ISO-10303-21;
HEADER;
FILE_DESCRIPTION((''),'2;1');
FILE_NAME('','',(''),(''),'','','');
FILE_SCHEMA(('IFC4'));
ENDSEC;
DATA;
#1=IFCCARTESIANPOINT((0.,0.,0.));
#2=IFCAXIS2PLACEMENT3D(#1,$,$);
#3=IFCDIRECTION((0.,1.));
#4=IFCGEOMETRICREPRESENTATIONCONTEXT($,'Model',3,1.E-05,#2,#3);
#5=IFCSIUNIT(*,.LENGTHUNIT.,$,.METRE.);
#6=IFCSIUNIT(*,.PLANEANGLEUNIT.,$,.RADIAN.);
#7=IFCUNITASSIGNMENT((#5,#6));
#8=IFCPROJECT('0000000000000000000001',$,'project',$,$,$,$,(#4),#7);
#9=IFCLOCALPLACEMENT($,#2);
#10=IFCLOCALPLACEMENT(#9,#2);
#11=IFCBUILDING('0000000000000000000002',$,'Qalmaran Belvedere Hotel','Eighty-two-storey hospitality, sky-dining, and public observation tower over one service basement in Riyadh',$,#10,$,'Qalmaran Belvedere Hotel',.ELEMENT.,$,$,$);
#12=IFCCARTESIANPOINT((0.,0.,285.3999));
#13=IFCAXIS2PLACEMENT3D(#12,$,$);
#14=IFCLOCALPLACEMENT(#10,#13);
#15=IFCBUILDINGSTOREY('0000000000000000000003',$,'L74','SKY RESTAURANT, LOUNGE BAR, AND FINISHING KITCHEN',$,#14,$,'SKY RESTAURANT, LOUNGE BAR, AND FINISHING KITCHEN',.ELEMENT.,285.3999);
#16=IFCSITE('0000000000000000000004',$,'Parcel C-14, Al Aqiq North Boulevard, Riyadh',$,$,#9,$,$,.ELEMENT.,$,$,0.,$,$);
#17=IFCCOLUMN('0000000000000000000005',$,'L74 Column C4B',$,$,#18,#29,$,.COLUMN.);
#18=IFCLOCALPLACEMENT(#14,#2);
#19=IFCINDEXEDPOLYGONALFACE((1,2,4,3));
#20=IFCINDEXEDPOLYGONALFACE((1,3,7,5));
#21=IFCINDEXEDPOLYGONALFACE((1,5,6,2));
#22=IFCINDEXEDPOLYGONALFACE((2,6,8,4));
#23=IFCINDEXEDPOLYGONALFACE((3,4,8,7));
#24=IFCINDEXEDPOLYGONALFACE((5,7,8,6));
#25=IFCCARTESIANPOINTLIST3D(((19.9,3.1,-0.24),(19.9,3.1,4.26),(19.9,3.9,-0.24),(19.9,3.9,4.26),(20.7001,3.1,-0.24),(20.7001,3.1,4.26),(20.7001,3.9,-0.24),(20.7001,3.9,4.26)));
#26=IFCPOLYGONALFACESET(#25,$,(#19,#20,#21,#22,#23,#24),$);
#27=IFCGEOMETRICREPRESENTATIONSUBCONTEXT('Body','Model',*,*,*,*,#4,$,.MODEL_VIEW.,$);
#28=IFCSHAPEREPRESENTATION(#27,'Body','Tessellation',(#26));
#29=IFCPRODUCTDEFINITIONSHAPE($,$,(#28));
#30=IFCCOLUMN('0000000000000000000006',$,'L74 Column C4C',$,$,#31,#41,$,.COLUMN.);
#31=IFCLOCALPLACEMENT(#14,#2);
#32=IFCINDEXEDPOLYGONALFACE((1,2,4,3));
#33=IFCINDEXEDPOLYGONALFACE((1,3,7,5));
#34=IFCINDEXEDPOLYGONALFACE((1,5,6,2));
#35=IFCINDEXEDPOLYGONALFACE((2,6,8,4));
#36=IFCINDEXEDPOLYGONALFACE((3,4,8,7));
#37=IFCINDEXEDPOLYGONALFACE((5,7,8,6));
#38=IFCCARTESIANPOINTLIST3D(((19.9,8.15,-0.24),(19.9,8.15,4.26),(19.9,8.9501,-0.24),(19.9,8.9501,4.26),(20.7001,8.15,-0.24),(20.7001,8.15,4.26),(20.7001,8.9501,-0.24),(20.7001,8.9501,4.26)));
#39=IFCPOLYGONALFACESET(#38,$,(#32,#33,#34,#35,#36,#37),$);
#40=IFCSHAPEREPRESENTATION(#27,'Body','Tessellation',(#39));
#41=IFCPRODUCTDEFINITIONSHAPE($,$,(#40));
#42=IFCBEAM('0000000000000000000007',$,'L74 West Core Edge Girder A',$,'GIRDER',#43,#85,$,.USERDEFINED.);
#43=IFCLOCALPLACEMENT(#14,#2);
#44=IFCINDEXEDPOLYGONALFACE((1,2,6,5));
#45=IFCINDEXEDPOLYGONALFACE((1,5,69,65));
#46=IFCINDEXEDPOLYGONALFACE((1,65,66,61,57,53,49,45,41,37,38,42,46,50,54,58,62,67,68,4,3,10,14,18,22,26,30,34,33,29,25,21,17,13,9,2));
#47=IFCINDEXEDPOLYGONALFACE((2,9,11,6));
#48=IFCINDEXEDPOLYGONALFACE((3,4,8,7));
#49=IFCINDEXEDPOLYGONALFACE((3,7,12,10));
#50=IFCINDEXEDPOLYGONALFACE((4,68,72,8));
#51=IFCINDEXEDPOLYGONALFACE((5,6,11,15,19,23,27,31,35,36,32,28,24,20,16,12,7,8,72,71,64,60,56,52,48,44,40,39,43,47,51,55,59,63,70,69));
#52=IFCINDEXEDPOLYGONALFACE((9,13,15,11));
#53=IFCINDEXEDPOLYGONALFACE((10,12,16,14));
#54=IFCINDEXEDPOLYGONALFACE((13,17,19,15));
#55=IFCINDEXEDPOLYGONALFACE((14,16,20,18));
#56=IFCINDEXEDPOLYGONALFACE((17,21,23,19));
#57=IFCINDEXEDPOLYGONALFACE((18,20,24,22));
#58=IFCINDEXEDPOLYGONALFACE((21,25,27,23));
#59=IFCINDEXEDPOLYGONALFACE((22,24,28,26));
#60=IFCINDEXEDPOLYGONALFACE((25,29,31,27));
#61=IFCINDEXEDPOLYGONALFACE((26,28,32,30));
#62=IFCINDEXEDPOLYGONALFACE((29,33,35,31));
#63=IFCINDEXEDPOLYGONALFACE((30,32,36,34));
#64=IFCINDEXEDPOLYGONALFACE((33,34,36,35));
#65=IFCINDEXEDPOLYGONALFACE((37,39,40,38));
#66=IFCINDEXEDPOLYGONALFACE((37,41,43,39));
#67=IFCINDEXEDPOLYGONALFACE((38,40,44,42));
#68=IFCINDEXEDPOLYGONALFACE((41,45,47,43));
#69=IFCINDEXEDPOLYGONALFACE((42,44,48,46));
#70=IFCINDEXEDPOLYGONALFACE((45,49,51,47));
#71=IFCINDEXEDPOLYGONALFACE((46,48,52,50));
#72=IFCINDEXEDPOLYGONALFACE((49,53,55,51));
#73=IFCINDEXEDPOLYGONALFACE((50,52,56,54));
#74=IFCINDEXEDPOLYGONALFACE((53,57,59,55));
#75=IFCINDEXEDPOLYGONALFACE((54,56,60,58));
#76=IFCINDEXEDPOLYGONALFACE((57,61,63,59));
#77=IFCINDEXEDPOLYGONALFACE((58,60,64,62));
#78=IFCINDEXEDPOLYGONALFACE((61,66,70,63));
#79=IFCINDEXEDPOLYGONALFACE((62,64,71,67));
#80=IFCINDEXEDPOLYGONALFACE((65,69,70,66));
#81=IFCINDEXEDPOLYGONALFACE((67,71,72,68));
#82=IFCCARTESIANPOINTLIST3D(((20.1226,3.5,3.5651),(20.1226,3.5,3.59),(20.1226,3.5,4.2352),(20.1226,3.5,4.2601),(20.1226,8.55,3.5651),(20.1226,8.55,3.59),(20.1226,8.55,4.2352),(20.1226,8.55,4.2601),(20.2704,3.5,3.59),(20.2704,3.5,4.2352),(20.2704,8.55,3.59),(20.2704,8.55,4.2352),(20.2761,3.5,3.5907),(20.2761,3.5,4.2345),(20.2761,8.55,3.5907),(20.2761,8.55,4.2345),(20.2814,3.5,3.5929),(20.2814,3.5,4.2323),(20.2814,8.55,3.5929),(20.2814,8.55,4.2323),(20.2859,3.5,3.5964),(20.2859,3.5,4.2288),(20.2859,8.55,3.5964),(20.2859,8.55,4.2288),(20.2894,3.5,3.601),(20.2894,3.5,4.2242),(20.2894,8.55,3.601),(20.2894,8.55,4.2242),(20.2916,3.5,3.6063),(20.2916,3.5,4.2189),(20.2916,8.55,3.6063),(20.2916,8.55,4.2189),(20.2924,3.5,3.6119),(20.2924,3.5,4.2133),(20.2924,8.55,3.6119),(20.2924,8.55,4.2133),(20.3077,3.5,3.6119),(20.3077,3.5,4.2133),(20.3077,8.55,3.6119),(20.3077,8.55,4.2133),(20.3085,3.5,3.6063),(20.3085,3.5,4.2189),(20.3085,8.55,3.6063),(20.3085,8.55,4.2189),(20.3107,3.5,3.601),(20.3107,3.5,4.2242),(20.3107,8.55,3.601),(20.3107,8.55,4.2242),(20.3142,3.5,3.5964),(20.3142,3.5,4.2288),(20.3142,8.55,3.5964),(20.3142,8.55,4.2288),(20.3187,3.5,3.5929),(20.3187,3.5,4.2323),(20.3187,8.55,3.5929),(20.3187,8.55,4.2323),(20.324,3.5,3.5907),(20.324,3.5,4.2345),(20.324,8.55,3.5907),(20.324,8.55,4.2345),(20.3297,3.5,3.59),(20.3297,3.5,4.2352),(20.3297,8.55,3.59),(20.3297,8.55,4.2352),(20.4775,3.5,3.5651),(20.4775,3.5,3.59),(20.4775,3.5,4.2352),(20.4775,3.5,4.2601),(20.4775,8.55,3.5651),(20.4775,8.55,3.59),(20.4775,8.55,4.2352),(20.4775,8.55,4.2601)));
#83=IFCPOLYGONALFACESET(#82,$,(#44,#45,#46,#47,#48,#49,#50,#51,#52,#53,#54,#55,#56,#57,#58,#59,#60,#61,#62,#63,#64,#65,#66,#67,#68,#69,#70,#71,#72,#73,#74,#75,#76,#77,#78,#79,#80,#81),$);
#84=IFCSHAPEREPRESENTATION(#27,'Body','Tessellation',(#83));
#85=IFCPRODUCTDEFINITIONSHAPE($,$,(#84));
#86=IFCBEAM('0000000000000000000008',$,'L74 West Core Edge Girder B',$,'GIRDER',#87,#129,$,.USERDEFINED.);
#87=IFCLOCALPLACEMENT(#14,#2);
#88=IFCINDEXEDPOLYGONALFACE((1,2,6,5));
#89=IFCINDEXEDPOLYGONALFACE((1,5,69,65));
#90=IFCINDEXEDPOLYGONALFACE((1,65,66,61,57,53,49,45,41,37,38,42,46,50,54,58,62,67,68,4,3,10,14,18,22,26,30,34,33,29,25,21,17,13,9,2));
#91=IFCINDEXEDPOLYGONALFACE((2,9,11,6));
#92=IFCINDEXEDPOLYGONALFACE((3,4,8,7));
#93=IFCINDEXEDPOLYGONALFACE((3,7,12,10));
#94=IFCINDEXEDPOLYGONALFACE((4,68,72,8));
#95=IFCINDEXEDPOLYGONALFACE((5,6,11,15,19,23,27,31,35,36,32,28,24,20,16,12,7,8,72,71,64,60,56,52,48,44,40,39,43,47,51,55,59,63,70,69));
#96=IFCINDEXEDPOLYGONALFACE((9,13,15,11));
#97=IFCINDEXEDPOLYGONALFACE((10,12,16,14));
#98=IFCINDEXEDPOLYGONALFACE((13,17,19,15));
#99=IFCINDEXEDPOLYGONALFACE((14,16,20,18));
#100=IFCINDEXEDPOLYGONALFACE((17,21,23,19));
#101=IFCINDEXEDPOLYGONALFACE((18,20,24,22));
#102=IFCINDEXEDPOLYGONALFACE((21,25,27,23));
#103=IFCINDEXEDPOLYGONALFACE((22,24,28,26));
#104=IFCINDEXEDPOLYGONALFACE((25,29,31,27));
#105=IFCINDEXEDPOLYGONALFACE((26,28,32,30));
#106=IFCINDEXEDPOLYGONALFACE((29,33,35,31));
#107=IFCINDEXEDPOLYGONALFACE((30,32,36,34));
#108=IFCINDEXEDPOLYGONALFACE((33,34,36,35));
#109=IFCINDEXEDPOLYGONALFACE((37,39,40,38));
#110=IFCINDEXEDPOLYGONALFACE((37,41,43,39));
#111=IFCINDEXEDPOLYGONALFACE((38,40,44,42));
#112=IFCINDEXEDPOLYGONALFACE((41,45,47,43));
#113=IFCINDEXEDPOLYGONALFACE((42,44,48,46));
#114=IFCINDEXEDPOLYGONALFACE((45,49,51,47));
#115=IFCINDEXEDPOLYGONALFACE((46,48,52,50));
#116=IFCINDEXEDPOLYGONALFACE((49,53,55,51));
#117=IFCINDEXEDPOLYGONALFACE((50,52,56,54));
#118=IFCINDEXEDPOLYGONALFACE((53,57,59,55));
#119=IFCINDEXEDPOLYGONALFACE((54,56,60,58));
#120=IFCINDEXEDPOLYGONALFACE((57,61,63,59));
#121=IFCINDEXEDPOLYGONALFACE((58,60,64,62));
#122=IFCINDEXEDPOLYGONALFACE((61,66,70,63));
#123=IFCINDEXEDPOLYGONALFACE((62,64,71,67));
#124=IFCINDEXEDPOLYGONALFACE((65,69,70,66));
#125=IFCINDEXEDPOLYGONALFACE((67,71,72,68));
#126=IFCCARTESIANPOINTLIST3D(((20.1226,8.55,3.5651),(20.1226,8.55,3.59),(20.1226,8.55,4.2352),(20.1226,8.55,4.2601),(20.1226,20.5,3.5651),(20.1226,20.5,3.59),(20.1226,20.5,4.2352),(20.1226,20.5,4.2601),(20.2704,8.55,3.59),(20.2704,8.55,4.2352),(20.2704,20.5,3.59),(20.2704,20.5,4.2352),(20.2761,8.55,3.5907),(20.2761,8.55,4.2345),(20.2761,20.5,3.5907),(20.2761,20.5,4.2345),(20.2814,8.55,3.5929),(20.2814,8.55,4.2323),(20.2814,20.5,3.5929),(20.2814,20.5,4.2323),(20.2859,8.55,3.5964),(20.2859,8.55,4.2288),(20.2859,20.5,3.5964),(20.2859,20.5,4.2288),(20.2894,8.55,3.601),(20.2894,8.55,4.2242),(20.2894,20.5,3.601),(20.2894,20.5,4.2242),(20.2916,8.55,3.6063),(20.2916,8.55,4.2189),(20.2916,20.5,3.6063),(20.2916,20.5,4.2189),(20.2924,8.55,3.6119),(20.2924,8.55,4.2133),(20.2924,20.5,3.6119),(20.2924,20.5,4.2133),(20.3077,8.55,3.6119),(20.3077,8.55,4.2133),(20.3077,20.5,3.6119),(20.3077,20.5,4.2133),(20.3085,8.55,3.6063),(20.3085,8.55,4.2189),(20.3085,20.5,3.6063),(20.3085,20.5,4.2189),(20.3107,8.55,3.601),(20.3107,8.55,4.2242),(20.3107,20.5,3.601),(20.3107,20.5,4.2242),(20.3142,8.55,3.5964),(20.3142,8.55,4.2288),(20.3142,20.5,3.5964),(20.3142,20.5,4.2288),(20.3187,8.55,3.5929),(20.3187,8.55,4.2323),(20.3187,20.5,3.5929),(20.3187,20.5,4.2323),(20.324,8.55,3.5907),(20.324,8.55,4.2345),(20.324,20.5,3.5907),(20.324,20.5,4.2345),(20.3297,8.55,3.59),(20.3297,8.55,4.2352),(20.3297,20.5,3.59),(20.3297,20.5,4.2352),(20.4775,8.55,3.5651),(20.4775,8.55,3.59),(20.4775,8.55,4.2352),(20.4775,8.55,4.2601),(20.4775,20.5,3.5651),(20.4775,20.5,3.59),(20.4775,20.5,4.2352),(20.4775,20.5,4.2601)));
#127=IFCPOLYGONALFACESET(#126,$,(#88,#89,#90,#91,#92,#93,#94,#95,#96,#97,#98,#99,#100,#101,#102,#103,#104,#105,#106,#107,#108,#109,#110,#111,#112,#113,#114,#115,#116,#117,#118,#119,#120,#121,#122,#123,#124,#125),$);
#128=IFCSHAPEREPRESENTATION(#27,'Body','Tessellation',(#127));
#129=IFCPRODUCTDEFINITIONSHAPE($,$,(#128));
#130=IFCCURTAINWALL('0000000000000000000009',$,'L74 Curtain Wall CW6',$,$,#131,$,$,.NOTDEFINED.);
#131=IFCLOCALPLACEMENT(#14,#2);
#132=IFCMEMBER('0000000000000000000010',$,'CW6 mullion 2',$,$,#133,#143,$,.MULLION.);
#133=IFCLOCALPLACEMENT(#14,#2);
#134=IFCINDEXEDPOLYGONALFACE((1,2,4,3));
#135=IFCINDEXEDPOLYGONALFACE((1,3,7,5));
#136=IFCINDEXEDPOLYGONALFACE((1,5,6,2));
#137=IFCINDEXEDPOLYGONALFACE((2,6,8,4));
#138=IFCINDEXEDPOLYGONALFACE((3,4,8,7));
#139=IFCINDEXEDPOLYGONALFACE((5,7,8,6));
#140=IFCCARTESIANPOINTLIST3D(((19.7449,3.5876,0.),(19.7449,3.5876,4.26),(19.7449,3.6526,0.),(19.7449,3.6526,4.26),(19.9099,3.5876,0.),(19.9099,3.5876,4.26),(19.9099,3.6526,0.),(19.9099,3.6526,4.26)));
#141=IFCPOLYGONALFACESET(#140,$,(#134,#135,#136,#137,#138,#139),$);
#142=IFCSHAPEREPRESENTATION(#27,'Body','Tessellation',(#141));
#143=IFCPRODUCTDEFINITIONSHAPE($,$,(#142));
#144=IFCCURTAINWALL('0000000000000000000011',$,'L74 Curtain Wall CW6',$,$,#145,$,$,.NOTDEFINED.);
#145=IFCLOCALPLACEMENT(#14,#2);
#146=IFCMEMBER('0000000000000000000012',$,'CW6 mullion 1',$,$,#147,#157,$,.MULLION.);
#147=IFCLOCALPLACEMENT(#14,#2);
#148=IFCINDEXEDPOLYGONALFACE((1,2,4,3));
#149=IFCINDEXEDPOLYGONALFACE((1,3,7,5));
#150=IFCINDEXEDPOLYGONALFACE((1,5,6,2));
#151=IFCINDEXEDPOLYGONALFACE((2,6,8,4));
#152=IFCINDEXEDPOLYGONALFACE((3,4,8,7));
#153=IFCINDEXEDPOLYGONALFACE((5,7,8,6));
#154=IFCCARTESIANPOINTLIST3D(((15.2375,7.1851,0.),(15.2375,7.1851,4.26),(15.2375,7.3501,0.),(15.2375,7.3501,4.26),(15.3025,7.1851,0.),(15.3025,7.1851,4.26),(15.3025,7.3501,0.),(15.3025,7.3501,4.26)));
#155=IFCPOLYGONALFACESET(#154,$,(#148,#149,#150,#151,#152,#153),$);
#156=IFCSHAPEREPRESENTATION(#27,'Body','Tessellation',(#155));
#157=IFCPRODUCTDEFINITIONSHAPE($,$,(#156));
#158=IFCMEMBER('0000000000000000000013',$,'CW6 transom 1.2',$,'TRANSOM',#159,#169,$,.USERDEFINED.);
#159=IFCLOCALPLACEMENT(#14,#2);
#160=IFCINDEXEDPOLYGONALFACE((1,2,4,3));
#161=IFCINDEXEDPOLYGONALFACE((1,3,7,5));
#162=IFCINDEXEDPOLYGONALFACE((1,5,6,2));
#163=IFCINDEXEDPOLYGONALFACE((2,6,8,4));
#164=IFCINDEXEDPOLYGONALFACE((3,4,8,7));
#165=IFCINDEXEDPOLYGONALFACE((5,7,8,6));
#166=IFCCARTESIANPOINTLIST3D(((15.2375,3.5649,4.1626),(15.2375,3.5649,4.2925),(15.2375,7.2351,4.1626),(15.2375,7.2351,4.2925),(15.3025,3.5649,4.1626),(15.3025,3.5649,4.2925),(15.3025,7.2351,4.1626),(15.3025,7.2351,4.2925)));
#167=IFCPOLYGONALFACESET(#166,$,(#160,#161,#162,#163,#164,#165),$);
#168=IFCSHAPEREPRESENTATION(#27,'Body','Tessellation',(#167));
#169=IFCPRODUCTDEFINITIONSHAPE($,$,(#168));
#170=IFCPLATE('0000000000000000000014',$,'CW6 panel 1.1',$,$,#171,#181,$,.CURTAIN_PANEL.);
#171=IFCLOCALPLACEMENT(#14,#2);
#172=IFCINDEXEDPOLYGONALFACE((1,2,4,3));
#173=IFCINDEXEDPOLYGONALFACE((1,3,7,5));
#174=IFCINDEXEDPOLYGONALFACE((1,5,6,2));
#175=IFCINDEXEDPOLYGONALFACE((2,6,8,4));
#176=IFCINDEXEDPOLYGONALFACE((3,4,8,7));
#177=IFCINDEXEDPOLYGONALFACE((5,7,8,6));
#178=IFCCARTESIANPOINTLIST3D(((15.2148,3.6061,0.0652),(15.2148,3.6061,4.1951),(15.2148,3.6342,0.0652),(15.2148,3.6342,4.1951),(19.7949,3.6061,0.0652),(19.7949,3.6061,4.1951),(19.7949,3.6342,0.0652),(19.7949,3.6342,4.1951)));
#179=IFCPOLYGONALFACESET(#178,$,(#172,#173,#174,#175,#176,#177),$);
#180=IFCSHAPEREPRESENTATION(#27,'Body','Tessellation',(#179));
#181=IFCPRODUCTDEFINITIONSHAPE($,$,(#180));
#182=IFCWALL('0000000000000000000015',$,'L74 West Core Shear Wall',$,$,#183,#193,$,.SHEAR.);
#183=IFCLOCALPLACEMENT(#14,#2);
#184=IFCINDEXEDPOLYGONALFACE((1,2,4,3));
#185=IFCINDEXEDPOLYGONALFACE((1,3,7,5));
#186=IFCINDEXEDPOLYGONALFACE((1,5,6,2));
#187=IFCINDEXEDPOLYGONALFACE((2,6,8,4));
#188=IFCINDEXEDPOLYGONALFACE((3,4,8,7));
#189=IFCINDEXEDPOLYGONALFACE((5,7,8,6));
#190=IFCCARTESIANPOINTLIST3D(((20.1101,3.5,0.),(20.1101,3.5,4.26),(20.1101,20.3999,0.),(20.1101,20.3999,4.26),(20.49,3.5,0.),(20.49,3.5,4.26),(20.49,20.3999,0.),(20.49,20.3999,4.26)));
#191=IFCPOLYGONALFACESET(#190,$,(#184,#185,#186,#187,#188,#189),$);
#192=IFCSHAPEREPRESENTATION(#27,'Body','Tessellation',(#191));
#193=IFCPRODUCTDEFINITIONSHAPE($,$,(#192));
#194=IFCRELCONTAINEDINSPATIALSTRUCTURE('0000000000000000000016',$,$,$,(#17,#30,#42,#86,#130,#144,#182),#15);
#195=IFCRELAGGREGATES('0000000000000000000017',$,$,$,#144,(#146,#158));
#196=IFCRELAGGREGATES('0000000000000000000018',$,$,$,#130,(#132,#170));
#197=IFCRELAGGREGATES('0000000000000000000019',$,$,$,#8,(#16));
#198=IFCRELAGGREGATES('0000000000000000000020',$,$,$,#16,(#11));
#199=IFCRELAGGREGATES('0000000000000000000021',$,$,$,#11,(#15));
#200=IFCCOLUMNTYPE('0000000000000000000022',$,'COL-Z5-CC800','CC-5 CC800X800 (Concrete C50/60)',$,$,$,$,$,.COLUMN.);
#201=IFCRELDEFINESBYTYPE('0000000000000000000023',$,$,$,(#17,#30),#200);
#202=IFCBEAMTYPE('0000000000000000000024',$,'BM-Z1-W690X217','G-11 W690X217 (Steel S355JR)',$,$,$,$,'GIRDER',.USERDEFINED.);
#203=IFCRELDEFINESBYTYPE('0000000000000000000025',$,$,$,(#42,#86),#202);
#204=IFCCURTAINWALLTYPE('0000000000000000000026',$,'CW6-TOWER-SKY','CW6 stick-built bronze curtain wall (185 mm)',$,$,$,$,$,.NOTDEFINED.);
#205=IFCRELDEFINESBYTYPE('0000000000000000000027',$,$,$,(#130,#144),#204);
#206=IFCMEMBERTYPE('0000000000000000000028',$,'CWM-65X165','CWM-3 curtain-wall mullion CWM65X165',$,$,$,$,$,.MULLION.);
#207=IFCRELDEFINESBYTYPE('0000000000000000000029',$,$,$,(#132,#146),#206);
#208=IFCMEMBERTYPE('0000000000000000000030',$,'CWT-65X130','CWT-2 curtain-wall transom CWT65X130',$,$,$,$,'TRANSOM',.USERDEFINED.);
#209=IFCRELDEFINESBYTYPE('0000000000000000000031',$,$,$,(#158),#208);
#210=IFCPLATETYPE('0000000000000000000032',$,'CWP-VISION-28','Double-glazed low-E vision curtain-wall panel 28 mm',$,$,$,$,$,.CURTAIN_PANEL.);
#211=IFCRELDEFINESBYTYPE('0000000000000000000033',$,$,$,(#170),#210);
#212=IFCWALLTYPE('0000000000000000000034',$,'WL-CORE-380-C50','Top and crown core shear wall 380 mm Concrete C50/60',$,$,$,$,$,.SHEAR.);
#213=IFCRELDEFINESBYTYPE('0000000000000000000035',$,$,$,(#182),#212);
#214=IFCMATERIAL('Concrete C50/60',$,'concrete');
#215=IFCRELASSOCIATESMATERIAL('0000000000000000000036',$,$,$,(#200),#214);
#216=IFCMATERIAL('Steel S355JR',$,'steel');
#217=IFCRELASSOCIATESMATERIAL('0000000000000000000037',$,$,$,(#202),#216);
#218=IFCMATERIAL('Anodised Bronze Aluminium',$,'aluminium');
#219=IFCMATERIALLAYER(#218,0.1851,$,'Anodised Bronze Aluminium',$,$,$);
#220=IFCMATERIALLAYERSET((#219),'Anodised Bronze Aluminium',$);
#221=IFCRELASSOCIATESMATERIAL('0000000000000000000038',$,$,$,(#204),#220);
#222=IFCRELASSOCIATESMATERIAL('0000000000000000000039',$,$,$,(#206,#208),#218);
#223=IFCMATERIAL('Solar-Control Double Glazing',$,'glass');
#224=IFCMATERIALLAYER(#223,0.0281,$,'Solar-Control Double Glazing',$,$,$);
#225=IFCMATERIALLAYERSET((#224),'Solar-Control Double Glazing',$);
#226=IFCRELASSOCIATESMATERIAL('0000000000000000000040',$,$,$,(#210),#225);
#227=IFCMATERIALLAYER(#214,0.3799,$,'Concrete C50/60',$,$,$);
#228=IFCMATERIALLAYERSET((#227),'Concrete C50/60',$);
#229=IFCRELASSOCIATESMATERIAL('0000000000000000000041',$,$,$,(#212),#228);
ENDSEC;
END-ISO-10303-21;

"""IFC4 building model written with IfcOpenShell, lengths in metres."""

from ifc_helpers import new_model, si_unit, direction, frame, frame_2d, origin, origin_2d, place, context, subcontext, project, spatial, rectangle, i_section, extrude, material, layer, layer_set, material_profile, profile_set, type_object, element, aggregate, save


model = new_model("IFC4")

# Units and contexts
model_context = context("Model", 3, precision=1e-05, world=origin(), true_north=direction((0.0, 1.0)))
body_context = subcontext(model_context, "Body", "Model", "MODEL_VIEW")
ifc_project = project(units=[si_unit("LENGTHUNIT", "METRE"), si_unit("PLANEANGLEUNIT", "RADIAN")], contexts=[model_context])

# Site, building, storey
site_placement = place(None, origin())
site = spatial("IfcSite", under=ifc_project, at=site_placement, Name="Parcel C-14, Al Aqiq North Boulevard, Riyadh", CompositionType="ELEMENT", RefElevation=0.0)
building_placement = place(site_placement, origin())
building = spatial("IfcBuilding", under=site, at=building_placement, Name="Qalmaran Belvedere Hotel", Description="Eighty-two-storey hospitality, sky-dining, and public observation tower over one service basement in Riyadh", LongName="Qalmaran Belvedere Hotel", CompositionType="ELEMENT")
storey_placement = place(building_placement, frame((0.0, 0.0, 285.3999)))
storey = spatial("IfcBuildingStorey", under=building, at=storey_placement, Name="L74", Description="SKY RESTAURANT, LOUNGE BAR, AND FINISHING KITCHEN", LongName="SKY RESTAURANT, LOUNGE BAR, AND FINISHING KITCHEN", CompositionType="ELEMENT", Elevation=285.3999)

# Columns
ifc_material_1 = material(Name="Concrete C50/60", Category="concrete")
ifc_material_profile_1 = material_profile(ifc_material_1, rectangle(XDim=0.8, YDim=0.8, at=origin_2d()), Name="CC800X800")
ifc_profile_set_1 = profile_set([ifc_material_profile_1], Name="Concrete C50/60")
column_type = type_object("IfcColumnType", Name="COL-Z5-CC800", Description="CC-5 CC800X800 (Concrete C50/60)", PredefinedType="COLUMN", material=ifc_profile_set_1)
for number, where, z_axis, x_axis, name in (
    (1, (20.3, 3.5, -0.24), (0.0, 0.0, 1.0), (1.0, 0.0, 0.0), "L74 Column C4B"),
    (2, (20.3, 8.55, -0.24), (0.0, 0.0, 1.0), (1.0, 0.0, 0.0), "L74 Column C4C"),
):
    element("IfcColumn", number, at=place(storey_placement, frame(where, z_axis=z_axis, x_axis=x_axis)), inside=storey, type_object=column_type, Name=name, PredefinedType="COLUMN", context=body_context, shape_type="SweptSolid", body=[
        extrude(rectangle(XDim=0.8, YDim=0.8, at=origin_2d()), origin(), (0.0, 0.0, 1.0), 4.5),
    ])

# Beams
ifc_material_2 = material(Name="Steel S355JR", Category="steel")
ifc_material_profile_2 = material_profile(ifc_material_2, i_section(OverallWidth=0.355, OverallDepth=0.6951, WebThickness=0.0154, FlangeThickness=0.0249, FilletRadius=0.022, at=origin_2d()), Name="W690X217")
ifc_profile_set_2 = profile_set([ifc_material_profile_2], Name="Steel S355JR")
beam_type = type_object("IfcBeamType", Name="BM-Z1-W690X217", Description="G-11 W690X217 (Steel S355JR)", ElementType="GIRDER", PredefinedType="USERDEFINED", material=ifc_profile_set_2)
beam_1_placement = place(storey_placement, frame((20.3, 3.5, 3.9126), z_axis=(0.0, 1.0, 0.0), x_axis=(-1.0, 0.0, 0.0)))
element("IfcBeam", 3, at=beam_1_placement, inside=storey, type_object=beam_type, Name="L74 West Core Edge Girder A", ObjectType="GIRDER", PredefinedType="USERDEFINED", context=body_context, shape_type="SweptSolid", body=[
    extrude(i_section(OverallWidth=0.355, OverallDepth=0.6951, WebThickness=0.0154, FlangeThickness=0.0249, FilletRadius=0.022, at=origin_2d()), origin(), (0.0, 0.0, 1.0), 5.05),
])
beam_2_placement = place(storey_placement, frame((20.3, 8.55, 3.9126), z_axis=(0.0, 1.0, 0.0), x_axis=(-1.0, 0.0, 0.0)))
element("IfcBeam", 4, at=beam_2_placement, inside=storey, type_object=beam_type, Name="L74 West Core Edge Girder B", ObjectType="GIRDER", PredefinedType="USERDEFINED", context=body_context, shape_type="SweptSolid", body=[
    extrude(i_section(OverallWidth=0.355, OverallDepth=0.6951, WebThickness=0.0154, FlangeThickness=0.0249, FilletRadius=0.022, at=origin_2d()), origin(), (0.0, 0.0, 1.0), 11.95),
])

# Curtain wall, member
ifc_material_3 = material(Name="Anodised Bronze Aluminium", Category="aluminium")
ifc_layer_1 = layer(ifc_material_3, 0.1851, Name="Anodised Bronze Aluminium")
ifc_layer_set_1 = layer_set([ifc_layer_1], Name="Anodised Bronze Aluminium")
curtain_wall_type = type_object("IfcCurtainWallType", Name="CW6-TOWER-SKY", Description="CW6 stick-built bronze curtain wall (185 mm)", PredefinedType="NOTDEFINED", material=ifc_layer_set_1)
curtain_wall_1_placement = place(storey_placement, origin())
curtain_wall_1 = element("IfcCurtainWall", 5, at=curtain_wall_1_placement, inside=storey, type_object=curtain_wall_type, Name="L74 Curtain Wall CW6", PredefinedType="NOTDEFINED")
ifc_material_profile_3 = material_profile(ifc_material_3, rectangle(XDim=0.0649, YDim=0.165, at=origin_2d()), Name="CWM65X165")
ifc_profile_set_3 = profile_set([ifc_material_profile_3], Name="Anodised Bronze Aluminium")
member_type_1 = type_object("IfcMemberType", Name="CWM-65X165", Description="CWM-3 curtain-wall mullion CWM65X165", PredefinedType="MULLION", material=ifc_profile_set_3)
member_1_placement = place(storey_placement, frame((19.8274, 3.6201, 0.0), z_axis=(0.0, 0.0, 1.0), x_axis=(0.0, 1.0, 0.0)))
member_1 = element("IfcMember", 6, at=member_1_placement, type_object=member_type_1, Name="CW6 mullion 2", PredefinedType="MULLION", context=body_context, shape_type="SweptSolid", body=[
    extrude(rectangle(XDim=0.0649, YDim=0.165, at=origin_2d()), origin(), (0.0, 0.0, 1.0), 4.26),
])

# Curtain wall, members
curtain_wall_2_placement = place(storey_placement, origin())
curtain_wall_2 = element("IfcCurtainWall", 7, at=curtain_wall_2_placement, inside=storey, type_object=curtain_wall_type, Name="L74 Curtain Wall CW6", PredefinedType="NOTDEFINED")
member_2_placement = place(storey_placement, frame((15.27, 7.2676, 0.0), z_axis=(0.0, 0.0, 1.0), x_axis=(1.0, 0.0, 0.0)))
member_2 = element("IfcMember", 8, at=member_2_placement, type_object=member_type_1, Name="CW6 mullion 1", PredefinedType="MULLION", context=body_context, shape_type="SweptSolid", body=[
    extrude(rectangle(XDim=0.0649, YDim=0.165, at=origin_2d()), origin(), (0.0, 0.0, 1.0), 4.26),
])
ifc_material_profile_4 = material_profile(ifc_material_3, rectangle(XDim=0.0649, YDim=0.1299, at=origin_2d()), Name="CWT65X130")
ifc_profile_set_4 = profile_set([ifc_material_profile_4], Name="Anodised Bronze Aluminium")
member_type_2 = type_object("IfcMemberType", Name="CWT-65X130", Description="CWT-2 curtain-wall transom CWT65X130", ElementType="TRANSOM", PredefinedType="USERDEFINED", material=ifc_profile_set_4)
member_3_placement = place(storey_placement, frame((15.27, 7.2351, 4.2275), z_axis=(0.0, -1.0, 0.0), x_axis=(1.0, 0.0, 0.0)))
member_3 = element("IfcMember", 9, at=member_3_placement, type_object=member_type_2, Name="CW6 transom 1.2", ObjectType="TRANSOM", PredefinedType="USERDEFINED", context=body_context, shape_type="SweptSolid", body=[
    extrude(rectangle(XDim=0.0649, YDim=0.1299, at=origin_2d()), origin(), (0.0, 0.0, 1.0), 3.6702),
])
aggregate(curtain_wall_2, [member_2, member_3])

# Plate
ifc_material_4 = material(Name="Solar-Control Double Glazing", Category="glass")
ifc_layer_2 = layer(ifc_material_4, 0.0281, Name="Solar-Control Double Glazing")
ifc_layer_set_2 = layer_set([ifc_layer_2], Name="Solar-Control Double Glazing")
plate_type = type_object("IfcPlateType", Name="CWP-VISION-28", Description="Double-glazed low-E vision curtain-wall panel 28 mm", PredefinedType="CURTAIN_PANEL", material=ifc_layer_set_2)
plate_placement = place(storey_placement, frame((17.5049, 3.6201, 0.0652), z_axis=(0.0, 0.0, 1.0), x_axis=(1.0, 0.0, 0.0)))
plate = element("IfcPlate", 10, at=plate_placement, type_object=plate_type, Name="CW6 panel 1.1", PredefinedType="CURTAIN_PANEL", context=body_context, shape_type="SweptSolid", body=[
    extrude(rectangle(XDim=4.5801, YDim=0.0281, at=origin_2d()), origin(), (0.0, 0.0, 1.0), 4.1299),
])
aggregate(curtain_wall_1, [member_1, plate])

# Wall
ifc_layer_3 = layer(ifc_material_1, 0.3799, Name="Concrete C50/60")
ifc_layer_set_3 = layer_set([ifc_layer_3], Name="Concrete C50/60")
wall_type_1 = type_object("IfcWallType", Name="WL-CORE-380-C50", Description="Top and crown core shear wall 380 mm Concrete C50/60", PredefinedType="SHEAR", material=ifc_layer_set_3)
wall_1_placement = place(storey_placement, frame((20.3, 3.5, 0.0), z_axis=(0.0, 0.0, 1.0), x_axis=(0.0, 1.0, 0.0)))
element("IfcWall", 11, at=wall_1_placement, inside=storey, type_object=wall_type_1, Name="L74 West Core Shear Wall", PredefinedType="SHEAR", context=body_context, shape_type="SweptSolid", body=[
    extrude(rectangle(XDim=16.8999, YDim=0.3799, at=frame_2d((8.45, 0.0))), origin(), (0.0, 0.0, 1.0), 4.26),
])

save(model, "model.ifc")
